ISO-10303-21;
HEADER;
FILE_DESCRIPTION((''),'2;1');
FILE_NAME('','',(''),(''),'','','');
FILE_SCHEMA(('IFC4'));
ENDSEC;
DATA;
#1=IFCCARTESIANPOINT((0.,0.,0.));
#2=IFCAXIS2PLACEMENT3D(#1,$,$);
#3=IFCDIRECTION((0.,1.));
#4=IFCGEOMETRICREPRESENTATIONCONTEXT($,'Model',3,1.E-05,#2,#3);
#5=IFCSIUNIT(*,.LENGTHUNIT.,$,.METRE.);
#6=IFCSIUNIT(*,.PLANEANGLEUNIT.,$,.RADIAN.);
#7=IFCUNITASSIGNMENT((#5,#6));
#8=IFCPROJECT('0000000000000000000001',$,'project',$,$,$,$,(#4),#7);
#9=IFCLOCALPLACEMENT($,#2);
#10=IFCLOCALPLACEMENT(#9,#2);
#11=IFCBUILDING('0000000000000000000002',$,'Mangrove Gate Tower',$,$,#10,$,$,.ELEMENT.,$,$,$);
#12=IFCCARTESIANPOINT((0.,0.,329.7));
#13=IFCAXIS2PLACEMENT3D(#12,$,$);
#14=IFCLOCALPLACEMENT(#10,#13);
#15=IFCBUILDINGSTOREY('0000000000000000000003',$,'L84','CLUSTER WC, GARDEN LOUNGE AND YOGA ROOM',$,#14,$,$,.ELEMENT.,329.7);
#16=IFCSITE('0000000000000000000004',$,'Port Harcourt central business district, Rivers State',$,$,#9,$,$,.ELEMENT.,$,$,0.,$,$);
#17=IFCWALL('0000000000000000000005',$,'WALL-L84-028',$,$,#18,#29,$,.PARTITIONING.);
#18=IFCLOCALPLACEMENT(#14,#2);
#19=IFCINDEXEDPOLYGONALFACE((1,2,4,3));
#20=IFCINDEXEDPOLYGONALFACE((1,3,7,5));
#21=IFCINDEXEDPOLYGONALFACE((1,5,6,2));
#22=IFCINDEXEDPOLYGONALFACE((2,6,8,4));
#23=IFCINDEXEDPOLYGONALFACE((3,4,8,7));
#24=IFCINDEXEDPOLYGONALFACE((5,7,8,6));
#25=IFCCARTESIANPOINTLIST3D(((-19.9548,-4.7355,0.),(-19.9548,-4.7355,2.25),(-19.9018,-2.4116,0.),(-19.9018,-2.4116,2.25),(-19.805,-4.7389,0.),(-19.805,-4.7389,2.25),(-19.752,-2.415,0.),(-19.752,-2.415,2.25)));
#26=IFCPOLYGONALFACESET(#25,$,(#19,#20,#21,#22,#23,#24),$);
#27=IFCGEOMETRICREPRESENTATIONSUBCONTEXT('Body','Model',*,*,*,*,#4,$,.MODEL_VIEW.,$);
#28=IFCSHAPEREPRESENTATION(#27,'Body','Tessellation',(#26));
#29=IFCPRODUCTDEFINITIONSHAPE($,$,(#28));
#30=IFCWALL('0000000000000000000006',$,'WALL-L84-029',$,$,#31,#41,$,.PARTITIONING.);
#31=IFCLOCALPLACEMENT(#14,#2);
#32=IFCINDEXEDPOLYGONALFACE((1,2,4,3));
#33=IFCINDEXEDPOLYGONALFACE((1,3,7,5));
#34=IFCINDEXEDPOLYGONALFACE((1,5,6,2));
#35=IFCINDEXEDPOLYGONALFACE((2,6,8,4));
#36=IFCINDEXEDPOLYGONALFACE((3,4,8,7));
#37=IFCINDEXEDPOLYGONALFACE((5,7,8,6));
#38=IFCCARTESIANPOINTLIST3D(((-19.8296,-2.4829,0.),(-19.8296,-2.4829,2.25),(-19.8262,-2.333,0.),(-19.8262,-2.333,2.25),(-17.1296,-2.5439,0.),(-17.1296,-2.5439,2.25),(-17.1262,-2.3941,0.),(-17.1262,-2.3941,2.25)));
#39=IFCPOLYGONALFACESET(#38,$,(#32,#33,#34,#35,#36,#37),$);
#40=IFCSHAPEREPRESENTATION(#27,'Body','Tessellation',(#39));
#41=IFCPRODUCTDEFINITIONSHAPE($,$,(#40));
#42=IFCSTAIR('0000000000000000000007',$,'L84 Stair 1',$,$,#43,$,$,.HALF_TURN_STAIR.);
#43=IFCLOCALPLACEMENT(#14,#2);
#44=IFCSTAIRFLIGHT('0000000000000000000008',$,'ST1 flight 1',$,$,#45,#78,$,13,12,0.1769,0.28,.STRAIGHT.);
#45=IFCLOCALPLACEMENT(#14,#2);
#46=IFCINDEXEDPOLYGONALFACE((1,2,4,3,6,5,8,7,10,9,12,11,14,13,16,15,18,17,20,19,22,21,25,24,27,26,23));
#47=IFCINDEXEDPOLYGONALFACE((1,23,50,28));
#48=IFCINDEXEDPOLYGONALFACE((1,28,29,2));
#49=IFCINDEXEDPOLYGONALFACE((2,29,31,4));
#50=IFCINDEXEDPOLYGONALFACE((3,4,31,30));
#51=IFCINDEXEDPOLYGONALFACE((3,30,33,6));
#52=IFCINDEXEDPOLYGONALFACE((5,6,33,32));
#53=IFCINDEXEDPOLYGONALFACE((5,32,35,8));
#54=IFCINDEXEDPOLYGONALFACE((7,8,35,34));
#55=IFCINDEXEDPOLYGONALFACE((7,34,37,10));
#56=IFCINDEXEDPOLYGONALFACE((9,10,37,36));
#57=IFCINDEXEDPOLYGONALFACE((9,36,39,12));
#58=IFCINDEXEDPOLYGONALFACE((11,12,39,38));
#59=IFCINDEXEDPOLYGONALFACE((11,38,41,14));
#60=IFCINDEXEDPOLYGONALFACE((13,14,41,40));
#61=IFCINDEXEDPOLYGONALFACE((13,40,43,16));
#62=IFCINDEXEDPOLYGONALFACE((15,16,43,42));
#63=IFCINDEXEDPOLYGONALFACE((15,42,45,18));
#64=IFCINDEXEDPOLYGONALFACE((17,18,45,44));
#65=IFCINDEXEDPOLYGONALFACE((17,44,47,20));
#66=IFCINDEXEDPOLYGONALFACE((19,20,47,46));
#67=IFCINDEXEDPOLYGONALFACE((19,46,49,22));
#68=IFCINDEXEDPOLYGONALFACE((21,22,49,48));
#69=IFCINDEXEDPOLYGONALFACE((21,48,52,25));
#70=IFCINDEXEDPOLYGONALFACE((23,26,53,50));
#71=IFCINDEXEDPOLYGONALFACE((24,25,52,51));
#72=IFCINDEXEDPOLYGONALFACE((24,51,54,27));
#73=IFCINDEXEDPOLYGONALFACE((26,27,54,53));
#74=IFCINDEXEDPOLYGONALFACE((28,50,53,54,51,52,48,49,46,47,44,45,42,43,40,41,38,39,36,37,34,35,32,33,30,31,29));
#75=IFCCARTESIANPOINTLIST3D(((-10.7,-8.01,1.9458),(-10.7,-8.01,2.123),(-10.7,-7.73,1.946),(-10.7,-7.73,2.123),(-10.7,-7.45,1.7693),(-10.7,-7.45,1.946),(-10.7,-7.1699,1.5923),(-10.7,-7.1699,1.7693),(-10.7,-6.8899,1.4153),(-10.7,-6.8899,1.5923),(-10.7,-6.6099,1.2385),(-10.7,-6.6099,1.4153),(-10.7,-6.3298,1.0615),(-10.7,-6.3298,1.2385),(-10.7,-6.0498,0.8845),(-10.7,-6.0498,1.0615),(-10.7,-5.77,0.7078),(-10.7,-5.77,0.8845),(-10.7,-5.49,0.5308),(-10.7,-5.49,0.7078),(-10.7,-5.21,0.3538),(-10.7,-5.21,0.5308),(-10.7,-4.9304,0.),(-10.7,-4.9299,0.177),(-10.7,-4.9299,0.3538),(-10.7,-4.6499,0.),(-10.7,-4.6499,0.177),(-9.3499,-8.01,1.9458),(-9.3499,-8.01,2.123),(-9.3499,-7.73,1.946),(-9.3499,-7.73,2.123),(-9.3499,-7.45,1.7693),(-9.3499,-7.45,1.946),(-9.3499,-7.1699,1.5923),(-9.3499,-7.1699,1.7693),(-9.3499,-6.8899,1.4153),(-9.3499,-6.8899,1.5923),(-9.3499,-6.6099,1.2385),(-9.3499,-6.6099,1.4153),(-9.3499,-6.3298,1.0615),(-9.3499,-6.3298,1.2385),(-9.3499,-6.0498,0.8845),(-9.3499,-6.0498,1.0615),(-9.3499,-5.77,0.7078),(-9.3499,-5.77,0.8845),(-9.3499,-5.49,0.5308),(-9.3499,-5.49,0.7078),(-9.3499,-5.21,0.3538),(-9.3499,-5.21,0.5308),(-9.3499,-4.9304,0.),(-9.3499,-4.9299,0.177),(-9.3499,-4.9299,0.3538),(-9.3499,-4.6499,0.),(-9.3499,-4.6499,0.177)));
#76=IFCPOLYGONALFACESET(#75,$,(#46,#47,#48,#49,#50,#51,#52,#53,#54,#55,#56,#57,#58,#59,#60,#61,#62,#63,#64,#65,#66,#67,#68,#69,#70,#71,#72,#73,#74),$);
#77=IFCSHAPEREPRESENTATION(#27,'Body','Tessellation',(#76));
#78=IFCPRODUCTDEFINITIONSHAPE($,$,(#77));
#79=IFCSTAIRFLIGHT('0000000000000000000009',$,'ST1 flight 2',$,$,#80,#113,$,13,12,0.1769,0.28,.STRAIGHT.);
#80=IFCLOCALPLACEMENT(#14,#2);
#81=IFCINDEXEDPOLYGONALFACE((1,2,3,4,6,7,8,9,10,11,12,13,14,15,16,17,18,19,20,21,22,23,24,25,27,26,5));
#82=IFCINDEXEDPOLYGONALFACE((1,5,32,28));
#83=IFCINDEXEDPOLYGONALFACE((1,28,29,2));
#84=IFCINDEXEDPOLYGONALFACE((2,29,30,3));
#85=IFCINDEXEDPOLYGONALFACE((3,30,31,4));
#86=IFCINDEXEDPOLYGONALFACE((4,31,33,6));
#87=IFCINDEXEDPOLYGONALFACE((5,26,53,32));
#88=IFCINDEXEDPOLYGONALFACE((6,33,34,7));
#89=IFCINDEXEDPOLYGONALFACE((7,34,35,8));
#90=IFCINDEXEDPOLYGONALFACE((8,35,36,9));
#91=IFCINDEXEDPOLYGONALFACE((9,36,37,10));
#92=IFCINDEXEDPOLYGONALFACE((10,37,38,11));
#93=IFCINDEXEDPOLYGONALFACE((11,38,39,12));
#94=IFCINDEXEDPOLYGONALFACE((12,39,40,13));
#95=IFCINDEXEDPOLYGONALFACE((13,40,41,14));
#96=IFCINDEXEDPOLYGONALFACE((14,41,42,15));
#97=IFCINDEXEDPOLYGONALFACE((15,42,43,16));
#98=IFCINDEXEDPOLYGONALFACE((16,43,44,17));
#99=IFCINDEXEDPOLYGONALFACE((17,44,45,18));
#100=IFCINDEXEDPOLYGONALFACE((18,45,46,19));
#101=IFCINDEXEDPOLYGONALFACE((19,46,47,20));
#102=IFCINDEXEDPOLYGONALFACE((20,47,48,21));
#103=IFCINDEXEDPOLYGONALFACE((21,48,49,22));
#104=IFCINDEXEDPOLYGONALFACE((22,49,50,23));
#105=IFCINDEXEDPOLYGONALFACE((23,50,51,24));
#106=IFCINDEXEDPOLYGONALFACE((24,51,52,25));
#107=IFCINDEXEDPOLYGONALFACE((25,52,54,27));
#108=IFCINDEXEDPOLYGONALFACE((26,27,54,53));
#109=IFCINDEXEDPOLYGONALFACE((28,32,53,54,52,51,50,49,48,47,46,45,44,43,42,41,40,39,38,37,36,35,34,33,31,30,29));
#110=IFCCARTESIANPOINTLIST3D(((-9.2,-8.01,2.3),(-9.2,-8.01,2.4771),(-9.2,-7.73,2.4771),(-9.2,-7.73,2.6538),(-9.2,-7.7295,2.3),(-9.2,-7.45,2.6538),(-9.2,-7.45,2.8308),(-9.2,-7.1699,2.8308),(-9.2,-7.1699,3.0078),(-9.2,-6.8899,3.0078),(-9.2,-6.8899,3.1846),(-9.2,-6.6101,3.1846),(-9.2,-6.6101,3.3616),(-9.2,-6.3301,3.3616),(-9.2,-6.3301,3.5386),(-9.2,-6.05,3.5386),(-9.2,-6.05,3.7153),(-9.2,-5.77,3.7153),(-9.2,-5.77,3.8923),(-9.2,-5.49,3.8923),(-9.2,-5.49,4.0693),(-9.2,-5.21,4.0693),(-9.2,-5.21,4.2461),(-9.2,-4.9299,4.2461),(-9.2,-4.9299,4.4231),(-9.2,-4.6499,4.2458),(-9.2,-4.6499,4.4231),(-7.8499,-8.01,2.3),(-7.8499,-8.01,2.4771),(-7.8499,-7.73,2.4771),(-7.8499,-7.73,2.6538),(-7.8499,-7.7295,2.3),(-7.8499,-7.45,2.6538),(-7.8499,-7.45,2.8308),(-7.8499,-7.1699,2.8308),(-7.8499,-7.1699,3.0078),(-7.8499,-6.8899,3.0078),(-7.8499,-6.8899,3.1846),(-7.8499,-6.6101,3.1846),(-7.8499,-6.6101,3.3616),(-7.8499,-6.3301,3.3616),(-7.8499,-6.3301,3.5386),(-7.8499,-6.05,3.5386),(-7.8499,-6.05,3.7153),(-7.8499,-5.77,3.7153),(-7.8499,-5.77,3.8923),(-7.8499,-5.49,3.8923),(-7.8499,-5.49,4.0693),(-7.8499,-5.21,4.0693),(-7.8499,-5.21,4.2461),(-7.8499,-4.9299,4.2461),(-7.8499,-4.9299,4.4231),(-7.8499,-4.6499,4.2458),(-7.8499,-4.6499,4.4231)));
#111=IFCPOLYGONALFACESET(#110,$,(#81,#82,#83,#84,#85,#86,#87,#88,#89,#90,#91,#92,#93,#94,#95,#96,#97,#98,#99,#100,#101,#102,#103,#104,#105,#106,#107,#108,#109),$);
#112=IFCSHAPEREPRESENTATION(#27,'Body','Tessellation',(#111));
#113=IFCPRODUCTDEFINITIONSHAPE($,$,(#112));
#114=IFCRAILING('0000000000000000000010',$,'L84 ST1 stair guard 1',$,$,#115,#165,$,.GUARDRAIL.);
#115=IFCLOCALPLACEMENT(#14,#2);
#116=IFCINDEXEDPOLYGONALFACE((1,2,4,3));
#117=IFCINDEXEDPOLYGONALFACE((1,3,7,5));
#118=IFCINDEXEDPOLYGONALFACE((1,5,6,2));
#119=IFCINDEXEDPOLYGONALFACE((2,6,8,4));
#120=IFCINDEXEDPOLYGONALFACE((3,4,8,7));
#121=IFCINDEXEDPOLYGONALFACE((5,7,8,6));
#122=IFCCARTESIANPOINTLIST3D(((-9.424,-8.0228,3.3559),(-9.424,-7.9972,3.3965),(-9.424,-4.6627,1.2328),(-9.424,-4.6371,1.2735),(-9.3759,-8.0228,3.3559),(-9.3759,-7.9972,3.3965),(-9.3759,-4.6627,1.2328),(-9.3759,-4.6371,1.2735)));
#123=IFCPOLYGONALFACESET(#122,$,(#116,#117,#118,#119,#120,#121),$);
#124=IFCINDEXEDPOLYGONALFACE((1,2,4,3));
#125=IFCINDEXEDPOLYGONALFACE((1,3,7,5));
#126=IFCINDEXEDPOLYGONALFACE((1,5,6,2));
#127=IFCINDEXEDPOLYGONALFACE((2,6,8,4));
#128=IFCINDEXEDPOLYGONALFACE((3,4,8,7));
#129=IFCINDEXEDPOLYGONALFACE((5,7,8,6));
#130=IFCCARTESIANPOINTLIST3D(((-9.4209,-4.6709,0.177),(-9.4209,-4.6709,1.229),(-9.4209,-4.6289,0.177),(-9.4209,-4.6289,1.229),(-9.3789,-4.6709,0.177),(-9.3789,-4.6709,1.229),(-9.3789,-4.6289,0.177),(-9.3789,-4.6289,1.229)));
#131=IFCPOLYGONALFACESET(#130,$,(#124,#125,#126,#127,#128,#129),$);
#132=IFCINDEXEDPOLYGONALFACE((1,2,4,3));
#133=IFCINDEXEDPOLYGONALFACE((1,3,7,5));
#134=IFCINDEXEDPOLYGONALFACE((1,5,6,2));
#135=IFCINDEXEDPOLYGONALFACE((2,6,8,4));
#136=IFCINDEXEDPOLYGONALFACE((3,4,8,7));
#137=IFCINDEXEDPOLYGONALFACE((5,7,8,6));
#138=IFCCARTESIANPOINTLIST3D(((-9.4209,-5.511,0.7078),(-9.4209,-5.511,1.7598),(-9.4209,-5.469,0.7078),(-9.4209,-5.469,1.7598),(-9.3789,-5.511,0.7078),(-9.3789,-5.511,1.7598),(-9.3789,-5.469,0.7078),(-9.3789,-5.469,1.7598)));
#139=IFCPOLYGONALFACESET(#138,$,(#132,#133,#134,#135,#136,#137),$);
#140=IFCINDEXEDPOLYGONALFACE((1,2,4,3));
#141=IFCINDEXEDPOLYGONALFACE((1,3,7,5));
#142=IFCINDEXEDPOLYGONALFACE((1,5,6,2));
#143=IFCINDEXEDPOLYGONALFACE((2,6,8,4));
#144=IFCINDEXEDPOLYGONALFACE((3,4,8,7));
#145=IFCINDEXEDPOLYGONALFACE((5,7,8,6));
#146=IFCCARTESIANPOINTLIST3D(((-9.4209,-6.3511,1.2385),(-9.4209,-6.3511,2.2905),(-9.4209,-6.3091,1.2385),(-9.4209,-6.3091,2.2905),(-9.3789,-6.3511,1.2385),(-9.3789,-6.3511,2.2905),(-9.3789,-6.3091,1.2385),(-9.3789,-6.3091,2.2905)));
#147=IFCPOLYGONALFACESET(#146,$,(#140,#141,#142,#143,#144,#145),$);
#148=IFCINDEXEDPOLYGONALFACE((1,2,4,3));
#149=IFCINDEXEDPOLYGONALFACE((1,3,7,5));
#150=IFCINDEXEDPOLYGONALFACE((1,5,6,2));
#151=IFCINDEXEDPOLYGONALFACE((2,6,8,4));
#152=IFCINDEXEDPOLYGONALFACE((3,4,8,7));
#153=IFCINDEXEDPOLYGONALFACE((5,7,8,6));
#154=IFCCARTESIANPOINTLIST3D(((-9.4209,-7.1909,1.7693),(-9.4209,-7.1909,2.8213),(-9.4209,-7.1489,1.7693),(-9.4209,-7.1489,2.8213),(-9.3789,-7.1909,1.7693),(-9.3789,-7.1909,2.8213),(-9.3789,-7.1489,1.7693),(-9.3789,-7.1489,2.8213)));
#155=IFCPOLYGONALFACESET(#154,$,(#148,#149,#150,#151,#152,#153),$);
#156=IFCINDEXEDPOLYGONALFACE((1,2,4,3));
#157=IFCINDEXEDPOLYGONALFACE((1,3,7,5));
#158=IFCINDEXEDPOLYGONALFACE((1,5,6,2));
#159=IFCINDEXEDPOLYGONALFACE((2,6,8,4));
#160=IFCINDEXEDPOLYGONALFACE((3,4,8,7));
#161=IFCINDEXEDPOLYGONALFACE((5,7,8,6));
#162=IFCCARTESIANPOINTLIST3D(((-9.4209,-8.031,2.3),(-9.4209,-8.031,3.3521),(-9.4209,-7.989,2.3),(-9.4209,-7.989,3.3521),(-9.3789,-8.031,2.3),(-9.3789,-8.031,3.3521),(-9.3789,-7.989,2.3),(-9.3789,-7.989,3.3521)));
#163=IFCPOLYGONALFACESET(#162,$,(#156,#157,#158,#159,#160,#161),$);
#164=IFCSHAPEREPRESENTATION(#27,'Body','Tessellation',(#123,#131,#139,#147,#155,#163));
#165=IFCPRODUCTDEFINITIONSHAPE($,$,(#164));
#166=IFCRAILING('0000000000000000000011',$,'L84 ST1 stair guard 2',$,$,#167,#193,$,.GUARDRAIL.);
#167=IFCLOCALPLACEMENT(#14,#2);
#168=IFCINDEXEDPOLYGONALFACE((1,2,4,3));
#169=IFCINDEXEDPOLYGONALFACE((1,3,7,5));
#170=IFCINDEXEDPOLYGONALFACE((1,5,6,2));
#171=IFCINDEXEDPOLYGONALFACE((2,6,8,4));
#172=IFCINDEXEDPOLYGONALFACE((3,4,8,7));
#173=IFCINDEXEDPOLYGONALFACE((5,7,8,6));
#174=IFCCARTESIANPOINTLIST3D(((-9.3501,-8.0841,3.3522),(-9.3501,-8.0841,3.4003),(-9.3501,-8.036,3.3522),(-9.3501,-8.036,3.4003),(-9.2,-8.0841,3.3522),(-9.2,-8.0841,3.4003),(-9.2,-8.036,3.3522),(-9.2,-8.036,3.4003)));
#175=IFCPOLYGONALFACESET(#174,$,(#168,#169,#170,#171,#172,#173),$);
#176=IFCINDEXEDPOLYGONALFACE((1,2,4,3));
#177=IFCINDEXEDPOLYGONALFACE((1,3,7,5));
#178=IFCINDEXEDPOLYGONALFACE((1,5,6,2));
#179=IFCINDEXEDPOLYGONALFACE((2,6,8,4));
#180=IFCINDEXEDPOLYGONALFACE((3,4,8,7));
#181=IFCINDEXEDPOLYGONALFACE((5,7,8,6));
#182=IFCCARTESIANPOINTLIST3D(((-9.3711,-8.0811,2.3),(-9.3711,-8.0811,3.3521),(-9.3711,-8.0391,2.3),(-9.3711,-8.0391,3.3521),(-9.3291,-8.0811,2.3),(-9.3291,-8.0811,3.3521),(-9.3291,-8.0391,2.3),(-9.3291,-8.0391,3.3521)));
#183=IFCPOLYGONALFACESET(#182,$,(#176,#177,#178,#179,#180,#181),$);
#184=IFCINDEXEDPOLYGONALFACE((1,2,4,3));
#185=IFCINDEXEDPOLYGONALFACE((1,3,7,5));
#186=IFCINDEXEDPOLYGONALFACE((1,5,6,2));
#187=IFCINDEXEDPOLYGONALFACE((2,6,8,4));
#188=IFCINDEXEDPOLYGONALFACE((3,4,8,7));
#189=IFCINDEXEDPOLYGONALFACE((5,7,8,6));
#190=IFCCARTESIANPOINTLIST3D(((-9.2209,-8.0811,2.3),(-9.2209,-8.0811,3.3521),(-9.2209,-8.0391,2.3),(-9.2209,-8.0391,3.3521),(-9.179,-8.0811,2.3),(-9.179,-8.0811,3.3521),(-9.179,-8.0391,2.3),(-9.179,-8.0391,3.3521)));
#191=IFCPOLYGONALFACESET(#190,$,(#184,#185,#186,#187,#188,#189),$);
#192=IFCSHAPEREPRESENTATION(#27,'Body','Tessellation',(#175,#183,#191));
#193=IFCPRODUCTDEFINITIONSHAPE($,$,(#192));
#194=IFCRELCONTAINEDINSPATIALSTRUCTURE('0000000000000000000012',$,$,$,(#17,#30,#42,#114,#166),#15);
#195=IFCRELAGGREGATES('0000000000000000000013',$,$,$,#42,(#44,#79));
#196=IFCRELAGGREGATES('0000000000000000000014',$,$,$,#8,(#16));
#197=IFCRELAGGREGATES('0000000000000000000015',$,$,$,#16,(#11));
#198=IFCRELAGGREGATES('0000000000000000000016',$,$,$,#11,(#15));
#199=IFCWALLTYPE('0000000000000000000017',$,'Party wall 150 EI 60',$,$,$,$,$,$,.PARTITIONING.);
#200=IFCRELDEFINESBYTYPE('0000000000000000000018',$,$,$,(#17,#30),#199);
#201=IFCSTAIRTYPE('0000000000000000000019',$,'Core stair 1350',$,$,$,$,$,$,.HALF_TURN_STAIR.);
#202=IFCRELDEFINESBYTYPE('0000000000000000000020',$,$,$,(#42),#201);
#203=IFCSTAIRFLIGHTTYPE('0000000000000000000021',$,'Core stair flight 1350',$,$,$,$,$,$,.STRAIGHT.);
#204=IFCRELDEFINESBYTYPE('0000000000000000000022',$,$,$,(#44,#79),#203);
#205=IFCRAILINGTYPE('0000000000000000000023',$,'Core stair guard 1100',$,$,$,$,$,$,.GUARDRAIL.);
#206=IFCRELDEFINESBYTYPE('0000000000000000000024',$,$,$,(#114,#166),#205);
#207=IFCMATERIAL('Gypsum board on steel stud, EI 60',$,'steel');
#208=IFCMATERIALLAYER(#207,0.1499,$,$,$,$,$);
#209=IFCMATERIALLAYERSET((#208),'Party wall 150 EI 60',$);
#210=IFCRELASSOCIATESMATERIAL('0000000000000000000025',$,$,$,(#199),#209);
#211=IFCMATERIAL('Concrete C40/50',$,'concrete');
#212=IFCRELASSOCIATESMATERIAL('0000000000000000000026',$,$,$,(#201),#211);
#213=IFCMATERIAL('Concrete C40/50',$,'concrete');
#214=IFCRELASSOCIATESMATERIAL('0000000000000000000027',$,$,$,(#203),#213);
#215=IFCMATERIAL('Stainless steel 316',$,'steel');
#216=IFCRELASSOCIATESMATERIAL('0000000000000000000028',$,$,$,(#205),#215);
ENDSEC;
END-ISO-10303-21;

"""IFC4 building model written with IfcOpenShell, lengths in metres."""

from ifc_helpers import new_model, si_unit, direction, frame, frame_2d, origin, origin_2d, place, context, subcontext, project, spatial, polyline, rectangle, outline, extrude, material, layer, layer_set, type_object, element, aggregate, save


model = new_model("IFC4")

# Units and contexts
model_context = context("Model", 3, precision=1e-05, world=origin(), true_north=direction((0.0, 1.0)))
body_context = subcontext(model_context, "Body", "Model", "MODEL_VIEW")
ifc_project = project(units=[si_unit("LENGTHUNIT", "METRE"), si_unit("PLANEANGLEUNIT", "RADIAN")], contexts=[model_context])

# Site, building, storey
site_placement = place(None, origin())
site = spatial("IfcSite", under=ifc_project, at=site_placement, Name="Port Harcourt central business district, Rivers State", CompositionType="ELEMENT", RefElevation=0.0)
building_placement = place(site_placement, origin())
building = spatial("IfcBuilding", under=site, at=building_placement, Name="Mangrove Gate Tower", CompositionType="ELEMENT")
storey_placement = place(building_placement, frame((0.0, 0.0, 329.7)))
storey = spatial("IfcBuildingStorey", under=building, at=storey_placement, Name="L84", Description="CLUSTER WC, GARDEN LOUNGE AND YOGA ROOM", CompositionType="ELEMENT", Elevation=329.7)

# Walls
ifc_material_1 = material(Name="Gypsum board on steel stud, EI 60", Category="steel")
ifc_layer_1 = layer(ifc_material_1, 0.1499)
ifc_layer_set_1 = layer_set([ifc_layer_1], Name="Party wall 150 EI 60")
wall_type_1 = type_object("IfcWallType", Name="Party wall 150 EI 60", PredefinedType="PARTITIONING", material=ifc_layer_set_1)
wall_1_placement = place(storey_placement, frame((-19.8799, -4.7371, 0.0), z_axis=(0.0, 0.0, 1.0), x_axis=(0.022791, 0.99974, 0.0)))
element("IfcWall", 1, at=wall_1_placement, inside=storey, type_object=wall_type_1, Name="WALL-L84-028", PredefinedType="PARTITIONING", context=body_context, shape_type="SweptSolid", body=[
    extrude(rectangle(XDim=2.3245, YDim=0.1499, at=frame_2d((1.1621, 0.0))), origin(), (0.0, 0.0, 1.0), 2.25),
])
wall_2_placement = place(storey_placement, frame((-19.8279, -2.408, 0.0), z_axis=(0.0, 0.0, 1.0), x_axis=(0.999745, -0.0226, 0.0)))
element("IfcWall", 2, at=wall_2_placement, inside=storey, type_object=wall_type_1, Name="WALL-L84-029", PredefinedType="PARTITIONING", context=body_context, shape_type="SweptSolid", body=[
    extrude(rectangle(XDim=2.7007, YDim=0.1499, at=frame_2d((1.3503, 0.0))), origin(), (0.0, 0.0, 1.0), 2.25),
])

# Stair, stair flights
ifc_material_2 = material(Name="Concrete C40/50", Category="concrete")
stair_type = type_object("IfcStairType", Name="Core stair 1350", PredefinedType="HALF_TURN_STAIR", material=ifc_material_2)
stair_placement = place(storey_placement, origin())
stair = element("IfcStair", 3, at=stair_placement, inside=storey, type_object=stair_type, Name="L84 Stair 1", PredefinedType="HALF_TURN_STAIR")
ifc_material_3 = material(Name="Concrete C40/50", Category="concrete")
stair_flight_type = type_object("IfcStairFlightType", Name="Core stair flight 1350", PredefinedType="STRAIGHT", material=ifc_material_3)
stair_flight_1_placement = place(storey_placement, frame((-10.0249, -4.6499, 0.0), z_axis=(0.0, 0.0, 1.0), x_axis=(0.0, -1.0, 0.0)))
stair_flight_1 = element("IfcStairFlight", 4, at=stair_flight_1_placement, type_object=stair_flight_type, Name="ST1 flight 1", NumberOfRisers=13, NumberOfTreads=12, PredefinedType="STRAIGHT", RiserHeight=0.1769, TreadLength=0.28, context=body_context, shape_type="SweptSolid", body=[
    extrude(outline(polyline([(0.0, 0.0), (0.0, 0.177), (0.28, 0.177), (0.28, 0.3538), (0.5601, 0.3538), (0.5601, 0.5308), (0.8401, 0.5308), (0.8401, 0.7078), (1.1201, 0.7078), (1.1201, 0.8845), (1.3999, 0.8845), (1.3999, 1.0615), (1.6799, 1.0615), (1.6799, 1.2385), (1.96, 1.2385), (1.96, 1.4153), (2.24, 1.4153), (2.24, 1.5923), (2.52, 1.5923), (2.52, 1.7693), (2.8, 1.7693), (2.8, 1.946), (3.0801, 1.946), (3.0801, 2.123), (3.3601, 2.123), (3.3601, 2.3), (3.3601, 1.9458), (0.2805, 0.0), (0.0, 0.0)])), frame((0.0, 0.675, 0.0), z_axis=(0.0, -1.0, 0.0), x_axis=(1.0, 0.0, 0.0)), (0.0, 0.0, 1.0), 1.3501),
])
stair_flight_2_placement = place(storey_placement, frame((-8.5249, -8.01, 2.3), z_axis=(0.0, 0.0, 1.0), x_axis=(0.0, 1.0, 0.0)))
stair_flight_2 = element("IfcStairFlight", 5, at=stair_flight_2_placement, type_object=stair_flight_type, Name="ST1 flight 2", NumberOfRisers=13, NumberOfTreads=12, PredefinedType="STRAIGHT", RiserHeight=0.1769, TreadLength=0.28, context=body_context, shape_type="SweptSolid", body=[
    extrude(outline(polyline([(0.0, 0.0), (0.0, 0.177), (0.28, 0.177), (0.28, 0.3538), (0.5601, 0.3538), (0.5601, 0.5308), (0.8401, 0.5308), (0.8401, 0.7078), (1.1201, 0.7078), (1.1201, 0.8845), (1.3999, 0.8845), (1.3999, 1.0615), (1.6799, 1.0615), (1.6799, 1.2385), (1.96, 1.2385), (1.96, 1.4153), (2.24, 1.4153), (2.24, 1.5923), (2.52, 1.5923), (2.52, 1.7693), (2.8, 1.7693), (2.8, 1.946), (3.0801, 1.946), (3.0801, 2.123), (3.3601, 2.123), (3.3601, 2.3), (3.3601, 1.9458), (0.2805, 0.0), (0.0, 0.0)])), frame((0.0, 0.675, 0.0), z_axis=(0.0, -1.0, 0.0), x_axis=(1.0, 0.0, 0.0)), (0.0, 0.0, 1.0), 1.3501),
])
aggregate(stair, [stair_flight_1, stair_flight_2])

# Railings
ifc_material_4 = material(Name="Stainless steel 316", Category="steel")
railing_type_1 = type_object("IfcRailingType", Name="Core stair guard 1100", PredefinedType="GUARDRAIL", material=ifc_material_4)
railing_1_placement = place(storey_placement, frame((-9.3999, -4.6499, 0.177)))
element("IfcRailing", 6, at=railing_1_placement, inside=storey, type_object=railing_type_1, Name="L84 ST1 stair guard 1", PredefinedType="GUARDRAIL", context=body_context, shape_type="SweptSolid", body=[
    extrude(rectangle(XDim=0.0481, YDim=0.0481, at=origin_2d()), frame((0.0, 0.0, 1.0762), z_axis=(0.0, -0.84539, 0.53415), x_axis=(1.0, 0.0, 0.0)), (0.0, 0.0, 1.0), 3.9746),
    extrude(rectangle(XDim=0.042, YDim=0.042, at=origin_2d()), origin(), (0.0, 0.0, 1.0), 1.052),
    extrude(rectangle(XDim=0.042, YDim=0.042, at=origin_2d()), frame((0.0, -0.8401, 0.5308)), (0.0, 0.0, 1.0), 1.052),
    extrude(rectangle(XDim=0.042, YDim=0.042, at=origin_2d()), frame((0.0, -1.6802, 1.0615)), (0.0, 0.0, 1.0), 1.052),
    extrude(rectangle(XDim=0.042, YDim=0.042, at=origin_2d()), frame((0.0, -2.52, 1.5923)), (0.0, 0.0, 1.0), 1.052),
    extrude(rectangle(XDim=0.042, YDim=0.042, at=origin_2d()), frame((0.0, -3.3601, 2.123)), (0.0, 0.0, 1.0), 1.052),
])
railing_2_placement = place(storey_placement, frame((-9.3501, -8.0601, 2.3)))
element("IfcRailing", 7, at=railing_2_placement, inside=storey, type_object=railing_type_1, Name="L84 ST1 stair guard 2", PredefinedType="GUARDRAIL", context=body_context, shape_type="SweptSolid", body=[
    extrude(rectangle(XDim=0.0481, YDim=0.0481, at=origin_2d()), frame((0.0, 0.0, 1.0762), z_axis=(1.0, 0.0, 0.0), x_axis=(0.0, 1.0, 0.0)), (0.0, 0.0, 1.0), 0.1501),
    extrude(rectangle(XDim=0.042, YDim=0.042, at=origin_2d()), origin(), (0.0, 0.0, 1.0), 1.052),
    extrude(rectangle(XDim=0.042, YDim=0.042, at=origin_2d()), frame((0.1501, 0.0, 0.0)), (0.0, 0.0, 1.0), 1.052),
])

save(model, "model.ifc")
